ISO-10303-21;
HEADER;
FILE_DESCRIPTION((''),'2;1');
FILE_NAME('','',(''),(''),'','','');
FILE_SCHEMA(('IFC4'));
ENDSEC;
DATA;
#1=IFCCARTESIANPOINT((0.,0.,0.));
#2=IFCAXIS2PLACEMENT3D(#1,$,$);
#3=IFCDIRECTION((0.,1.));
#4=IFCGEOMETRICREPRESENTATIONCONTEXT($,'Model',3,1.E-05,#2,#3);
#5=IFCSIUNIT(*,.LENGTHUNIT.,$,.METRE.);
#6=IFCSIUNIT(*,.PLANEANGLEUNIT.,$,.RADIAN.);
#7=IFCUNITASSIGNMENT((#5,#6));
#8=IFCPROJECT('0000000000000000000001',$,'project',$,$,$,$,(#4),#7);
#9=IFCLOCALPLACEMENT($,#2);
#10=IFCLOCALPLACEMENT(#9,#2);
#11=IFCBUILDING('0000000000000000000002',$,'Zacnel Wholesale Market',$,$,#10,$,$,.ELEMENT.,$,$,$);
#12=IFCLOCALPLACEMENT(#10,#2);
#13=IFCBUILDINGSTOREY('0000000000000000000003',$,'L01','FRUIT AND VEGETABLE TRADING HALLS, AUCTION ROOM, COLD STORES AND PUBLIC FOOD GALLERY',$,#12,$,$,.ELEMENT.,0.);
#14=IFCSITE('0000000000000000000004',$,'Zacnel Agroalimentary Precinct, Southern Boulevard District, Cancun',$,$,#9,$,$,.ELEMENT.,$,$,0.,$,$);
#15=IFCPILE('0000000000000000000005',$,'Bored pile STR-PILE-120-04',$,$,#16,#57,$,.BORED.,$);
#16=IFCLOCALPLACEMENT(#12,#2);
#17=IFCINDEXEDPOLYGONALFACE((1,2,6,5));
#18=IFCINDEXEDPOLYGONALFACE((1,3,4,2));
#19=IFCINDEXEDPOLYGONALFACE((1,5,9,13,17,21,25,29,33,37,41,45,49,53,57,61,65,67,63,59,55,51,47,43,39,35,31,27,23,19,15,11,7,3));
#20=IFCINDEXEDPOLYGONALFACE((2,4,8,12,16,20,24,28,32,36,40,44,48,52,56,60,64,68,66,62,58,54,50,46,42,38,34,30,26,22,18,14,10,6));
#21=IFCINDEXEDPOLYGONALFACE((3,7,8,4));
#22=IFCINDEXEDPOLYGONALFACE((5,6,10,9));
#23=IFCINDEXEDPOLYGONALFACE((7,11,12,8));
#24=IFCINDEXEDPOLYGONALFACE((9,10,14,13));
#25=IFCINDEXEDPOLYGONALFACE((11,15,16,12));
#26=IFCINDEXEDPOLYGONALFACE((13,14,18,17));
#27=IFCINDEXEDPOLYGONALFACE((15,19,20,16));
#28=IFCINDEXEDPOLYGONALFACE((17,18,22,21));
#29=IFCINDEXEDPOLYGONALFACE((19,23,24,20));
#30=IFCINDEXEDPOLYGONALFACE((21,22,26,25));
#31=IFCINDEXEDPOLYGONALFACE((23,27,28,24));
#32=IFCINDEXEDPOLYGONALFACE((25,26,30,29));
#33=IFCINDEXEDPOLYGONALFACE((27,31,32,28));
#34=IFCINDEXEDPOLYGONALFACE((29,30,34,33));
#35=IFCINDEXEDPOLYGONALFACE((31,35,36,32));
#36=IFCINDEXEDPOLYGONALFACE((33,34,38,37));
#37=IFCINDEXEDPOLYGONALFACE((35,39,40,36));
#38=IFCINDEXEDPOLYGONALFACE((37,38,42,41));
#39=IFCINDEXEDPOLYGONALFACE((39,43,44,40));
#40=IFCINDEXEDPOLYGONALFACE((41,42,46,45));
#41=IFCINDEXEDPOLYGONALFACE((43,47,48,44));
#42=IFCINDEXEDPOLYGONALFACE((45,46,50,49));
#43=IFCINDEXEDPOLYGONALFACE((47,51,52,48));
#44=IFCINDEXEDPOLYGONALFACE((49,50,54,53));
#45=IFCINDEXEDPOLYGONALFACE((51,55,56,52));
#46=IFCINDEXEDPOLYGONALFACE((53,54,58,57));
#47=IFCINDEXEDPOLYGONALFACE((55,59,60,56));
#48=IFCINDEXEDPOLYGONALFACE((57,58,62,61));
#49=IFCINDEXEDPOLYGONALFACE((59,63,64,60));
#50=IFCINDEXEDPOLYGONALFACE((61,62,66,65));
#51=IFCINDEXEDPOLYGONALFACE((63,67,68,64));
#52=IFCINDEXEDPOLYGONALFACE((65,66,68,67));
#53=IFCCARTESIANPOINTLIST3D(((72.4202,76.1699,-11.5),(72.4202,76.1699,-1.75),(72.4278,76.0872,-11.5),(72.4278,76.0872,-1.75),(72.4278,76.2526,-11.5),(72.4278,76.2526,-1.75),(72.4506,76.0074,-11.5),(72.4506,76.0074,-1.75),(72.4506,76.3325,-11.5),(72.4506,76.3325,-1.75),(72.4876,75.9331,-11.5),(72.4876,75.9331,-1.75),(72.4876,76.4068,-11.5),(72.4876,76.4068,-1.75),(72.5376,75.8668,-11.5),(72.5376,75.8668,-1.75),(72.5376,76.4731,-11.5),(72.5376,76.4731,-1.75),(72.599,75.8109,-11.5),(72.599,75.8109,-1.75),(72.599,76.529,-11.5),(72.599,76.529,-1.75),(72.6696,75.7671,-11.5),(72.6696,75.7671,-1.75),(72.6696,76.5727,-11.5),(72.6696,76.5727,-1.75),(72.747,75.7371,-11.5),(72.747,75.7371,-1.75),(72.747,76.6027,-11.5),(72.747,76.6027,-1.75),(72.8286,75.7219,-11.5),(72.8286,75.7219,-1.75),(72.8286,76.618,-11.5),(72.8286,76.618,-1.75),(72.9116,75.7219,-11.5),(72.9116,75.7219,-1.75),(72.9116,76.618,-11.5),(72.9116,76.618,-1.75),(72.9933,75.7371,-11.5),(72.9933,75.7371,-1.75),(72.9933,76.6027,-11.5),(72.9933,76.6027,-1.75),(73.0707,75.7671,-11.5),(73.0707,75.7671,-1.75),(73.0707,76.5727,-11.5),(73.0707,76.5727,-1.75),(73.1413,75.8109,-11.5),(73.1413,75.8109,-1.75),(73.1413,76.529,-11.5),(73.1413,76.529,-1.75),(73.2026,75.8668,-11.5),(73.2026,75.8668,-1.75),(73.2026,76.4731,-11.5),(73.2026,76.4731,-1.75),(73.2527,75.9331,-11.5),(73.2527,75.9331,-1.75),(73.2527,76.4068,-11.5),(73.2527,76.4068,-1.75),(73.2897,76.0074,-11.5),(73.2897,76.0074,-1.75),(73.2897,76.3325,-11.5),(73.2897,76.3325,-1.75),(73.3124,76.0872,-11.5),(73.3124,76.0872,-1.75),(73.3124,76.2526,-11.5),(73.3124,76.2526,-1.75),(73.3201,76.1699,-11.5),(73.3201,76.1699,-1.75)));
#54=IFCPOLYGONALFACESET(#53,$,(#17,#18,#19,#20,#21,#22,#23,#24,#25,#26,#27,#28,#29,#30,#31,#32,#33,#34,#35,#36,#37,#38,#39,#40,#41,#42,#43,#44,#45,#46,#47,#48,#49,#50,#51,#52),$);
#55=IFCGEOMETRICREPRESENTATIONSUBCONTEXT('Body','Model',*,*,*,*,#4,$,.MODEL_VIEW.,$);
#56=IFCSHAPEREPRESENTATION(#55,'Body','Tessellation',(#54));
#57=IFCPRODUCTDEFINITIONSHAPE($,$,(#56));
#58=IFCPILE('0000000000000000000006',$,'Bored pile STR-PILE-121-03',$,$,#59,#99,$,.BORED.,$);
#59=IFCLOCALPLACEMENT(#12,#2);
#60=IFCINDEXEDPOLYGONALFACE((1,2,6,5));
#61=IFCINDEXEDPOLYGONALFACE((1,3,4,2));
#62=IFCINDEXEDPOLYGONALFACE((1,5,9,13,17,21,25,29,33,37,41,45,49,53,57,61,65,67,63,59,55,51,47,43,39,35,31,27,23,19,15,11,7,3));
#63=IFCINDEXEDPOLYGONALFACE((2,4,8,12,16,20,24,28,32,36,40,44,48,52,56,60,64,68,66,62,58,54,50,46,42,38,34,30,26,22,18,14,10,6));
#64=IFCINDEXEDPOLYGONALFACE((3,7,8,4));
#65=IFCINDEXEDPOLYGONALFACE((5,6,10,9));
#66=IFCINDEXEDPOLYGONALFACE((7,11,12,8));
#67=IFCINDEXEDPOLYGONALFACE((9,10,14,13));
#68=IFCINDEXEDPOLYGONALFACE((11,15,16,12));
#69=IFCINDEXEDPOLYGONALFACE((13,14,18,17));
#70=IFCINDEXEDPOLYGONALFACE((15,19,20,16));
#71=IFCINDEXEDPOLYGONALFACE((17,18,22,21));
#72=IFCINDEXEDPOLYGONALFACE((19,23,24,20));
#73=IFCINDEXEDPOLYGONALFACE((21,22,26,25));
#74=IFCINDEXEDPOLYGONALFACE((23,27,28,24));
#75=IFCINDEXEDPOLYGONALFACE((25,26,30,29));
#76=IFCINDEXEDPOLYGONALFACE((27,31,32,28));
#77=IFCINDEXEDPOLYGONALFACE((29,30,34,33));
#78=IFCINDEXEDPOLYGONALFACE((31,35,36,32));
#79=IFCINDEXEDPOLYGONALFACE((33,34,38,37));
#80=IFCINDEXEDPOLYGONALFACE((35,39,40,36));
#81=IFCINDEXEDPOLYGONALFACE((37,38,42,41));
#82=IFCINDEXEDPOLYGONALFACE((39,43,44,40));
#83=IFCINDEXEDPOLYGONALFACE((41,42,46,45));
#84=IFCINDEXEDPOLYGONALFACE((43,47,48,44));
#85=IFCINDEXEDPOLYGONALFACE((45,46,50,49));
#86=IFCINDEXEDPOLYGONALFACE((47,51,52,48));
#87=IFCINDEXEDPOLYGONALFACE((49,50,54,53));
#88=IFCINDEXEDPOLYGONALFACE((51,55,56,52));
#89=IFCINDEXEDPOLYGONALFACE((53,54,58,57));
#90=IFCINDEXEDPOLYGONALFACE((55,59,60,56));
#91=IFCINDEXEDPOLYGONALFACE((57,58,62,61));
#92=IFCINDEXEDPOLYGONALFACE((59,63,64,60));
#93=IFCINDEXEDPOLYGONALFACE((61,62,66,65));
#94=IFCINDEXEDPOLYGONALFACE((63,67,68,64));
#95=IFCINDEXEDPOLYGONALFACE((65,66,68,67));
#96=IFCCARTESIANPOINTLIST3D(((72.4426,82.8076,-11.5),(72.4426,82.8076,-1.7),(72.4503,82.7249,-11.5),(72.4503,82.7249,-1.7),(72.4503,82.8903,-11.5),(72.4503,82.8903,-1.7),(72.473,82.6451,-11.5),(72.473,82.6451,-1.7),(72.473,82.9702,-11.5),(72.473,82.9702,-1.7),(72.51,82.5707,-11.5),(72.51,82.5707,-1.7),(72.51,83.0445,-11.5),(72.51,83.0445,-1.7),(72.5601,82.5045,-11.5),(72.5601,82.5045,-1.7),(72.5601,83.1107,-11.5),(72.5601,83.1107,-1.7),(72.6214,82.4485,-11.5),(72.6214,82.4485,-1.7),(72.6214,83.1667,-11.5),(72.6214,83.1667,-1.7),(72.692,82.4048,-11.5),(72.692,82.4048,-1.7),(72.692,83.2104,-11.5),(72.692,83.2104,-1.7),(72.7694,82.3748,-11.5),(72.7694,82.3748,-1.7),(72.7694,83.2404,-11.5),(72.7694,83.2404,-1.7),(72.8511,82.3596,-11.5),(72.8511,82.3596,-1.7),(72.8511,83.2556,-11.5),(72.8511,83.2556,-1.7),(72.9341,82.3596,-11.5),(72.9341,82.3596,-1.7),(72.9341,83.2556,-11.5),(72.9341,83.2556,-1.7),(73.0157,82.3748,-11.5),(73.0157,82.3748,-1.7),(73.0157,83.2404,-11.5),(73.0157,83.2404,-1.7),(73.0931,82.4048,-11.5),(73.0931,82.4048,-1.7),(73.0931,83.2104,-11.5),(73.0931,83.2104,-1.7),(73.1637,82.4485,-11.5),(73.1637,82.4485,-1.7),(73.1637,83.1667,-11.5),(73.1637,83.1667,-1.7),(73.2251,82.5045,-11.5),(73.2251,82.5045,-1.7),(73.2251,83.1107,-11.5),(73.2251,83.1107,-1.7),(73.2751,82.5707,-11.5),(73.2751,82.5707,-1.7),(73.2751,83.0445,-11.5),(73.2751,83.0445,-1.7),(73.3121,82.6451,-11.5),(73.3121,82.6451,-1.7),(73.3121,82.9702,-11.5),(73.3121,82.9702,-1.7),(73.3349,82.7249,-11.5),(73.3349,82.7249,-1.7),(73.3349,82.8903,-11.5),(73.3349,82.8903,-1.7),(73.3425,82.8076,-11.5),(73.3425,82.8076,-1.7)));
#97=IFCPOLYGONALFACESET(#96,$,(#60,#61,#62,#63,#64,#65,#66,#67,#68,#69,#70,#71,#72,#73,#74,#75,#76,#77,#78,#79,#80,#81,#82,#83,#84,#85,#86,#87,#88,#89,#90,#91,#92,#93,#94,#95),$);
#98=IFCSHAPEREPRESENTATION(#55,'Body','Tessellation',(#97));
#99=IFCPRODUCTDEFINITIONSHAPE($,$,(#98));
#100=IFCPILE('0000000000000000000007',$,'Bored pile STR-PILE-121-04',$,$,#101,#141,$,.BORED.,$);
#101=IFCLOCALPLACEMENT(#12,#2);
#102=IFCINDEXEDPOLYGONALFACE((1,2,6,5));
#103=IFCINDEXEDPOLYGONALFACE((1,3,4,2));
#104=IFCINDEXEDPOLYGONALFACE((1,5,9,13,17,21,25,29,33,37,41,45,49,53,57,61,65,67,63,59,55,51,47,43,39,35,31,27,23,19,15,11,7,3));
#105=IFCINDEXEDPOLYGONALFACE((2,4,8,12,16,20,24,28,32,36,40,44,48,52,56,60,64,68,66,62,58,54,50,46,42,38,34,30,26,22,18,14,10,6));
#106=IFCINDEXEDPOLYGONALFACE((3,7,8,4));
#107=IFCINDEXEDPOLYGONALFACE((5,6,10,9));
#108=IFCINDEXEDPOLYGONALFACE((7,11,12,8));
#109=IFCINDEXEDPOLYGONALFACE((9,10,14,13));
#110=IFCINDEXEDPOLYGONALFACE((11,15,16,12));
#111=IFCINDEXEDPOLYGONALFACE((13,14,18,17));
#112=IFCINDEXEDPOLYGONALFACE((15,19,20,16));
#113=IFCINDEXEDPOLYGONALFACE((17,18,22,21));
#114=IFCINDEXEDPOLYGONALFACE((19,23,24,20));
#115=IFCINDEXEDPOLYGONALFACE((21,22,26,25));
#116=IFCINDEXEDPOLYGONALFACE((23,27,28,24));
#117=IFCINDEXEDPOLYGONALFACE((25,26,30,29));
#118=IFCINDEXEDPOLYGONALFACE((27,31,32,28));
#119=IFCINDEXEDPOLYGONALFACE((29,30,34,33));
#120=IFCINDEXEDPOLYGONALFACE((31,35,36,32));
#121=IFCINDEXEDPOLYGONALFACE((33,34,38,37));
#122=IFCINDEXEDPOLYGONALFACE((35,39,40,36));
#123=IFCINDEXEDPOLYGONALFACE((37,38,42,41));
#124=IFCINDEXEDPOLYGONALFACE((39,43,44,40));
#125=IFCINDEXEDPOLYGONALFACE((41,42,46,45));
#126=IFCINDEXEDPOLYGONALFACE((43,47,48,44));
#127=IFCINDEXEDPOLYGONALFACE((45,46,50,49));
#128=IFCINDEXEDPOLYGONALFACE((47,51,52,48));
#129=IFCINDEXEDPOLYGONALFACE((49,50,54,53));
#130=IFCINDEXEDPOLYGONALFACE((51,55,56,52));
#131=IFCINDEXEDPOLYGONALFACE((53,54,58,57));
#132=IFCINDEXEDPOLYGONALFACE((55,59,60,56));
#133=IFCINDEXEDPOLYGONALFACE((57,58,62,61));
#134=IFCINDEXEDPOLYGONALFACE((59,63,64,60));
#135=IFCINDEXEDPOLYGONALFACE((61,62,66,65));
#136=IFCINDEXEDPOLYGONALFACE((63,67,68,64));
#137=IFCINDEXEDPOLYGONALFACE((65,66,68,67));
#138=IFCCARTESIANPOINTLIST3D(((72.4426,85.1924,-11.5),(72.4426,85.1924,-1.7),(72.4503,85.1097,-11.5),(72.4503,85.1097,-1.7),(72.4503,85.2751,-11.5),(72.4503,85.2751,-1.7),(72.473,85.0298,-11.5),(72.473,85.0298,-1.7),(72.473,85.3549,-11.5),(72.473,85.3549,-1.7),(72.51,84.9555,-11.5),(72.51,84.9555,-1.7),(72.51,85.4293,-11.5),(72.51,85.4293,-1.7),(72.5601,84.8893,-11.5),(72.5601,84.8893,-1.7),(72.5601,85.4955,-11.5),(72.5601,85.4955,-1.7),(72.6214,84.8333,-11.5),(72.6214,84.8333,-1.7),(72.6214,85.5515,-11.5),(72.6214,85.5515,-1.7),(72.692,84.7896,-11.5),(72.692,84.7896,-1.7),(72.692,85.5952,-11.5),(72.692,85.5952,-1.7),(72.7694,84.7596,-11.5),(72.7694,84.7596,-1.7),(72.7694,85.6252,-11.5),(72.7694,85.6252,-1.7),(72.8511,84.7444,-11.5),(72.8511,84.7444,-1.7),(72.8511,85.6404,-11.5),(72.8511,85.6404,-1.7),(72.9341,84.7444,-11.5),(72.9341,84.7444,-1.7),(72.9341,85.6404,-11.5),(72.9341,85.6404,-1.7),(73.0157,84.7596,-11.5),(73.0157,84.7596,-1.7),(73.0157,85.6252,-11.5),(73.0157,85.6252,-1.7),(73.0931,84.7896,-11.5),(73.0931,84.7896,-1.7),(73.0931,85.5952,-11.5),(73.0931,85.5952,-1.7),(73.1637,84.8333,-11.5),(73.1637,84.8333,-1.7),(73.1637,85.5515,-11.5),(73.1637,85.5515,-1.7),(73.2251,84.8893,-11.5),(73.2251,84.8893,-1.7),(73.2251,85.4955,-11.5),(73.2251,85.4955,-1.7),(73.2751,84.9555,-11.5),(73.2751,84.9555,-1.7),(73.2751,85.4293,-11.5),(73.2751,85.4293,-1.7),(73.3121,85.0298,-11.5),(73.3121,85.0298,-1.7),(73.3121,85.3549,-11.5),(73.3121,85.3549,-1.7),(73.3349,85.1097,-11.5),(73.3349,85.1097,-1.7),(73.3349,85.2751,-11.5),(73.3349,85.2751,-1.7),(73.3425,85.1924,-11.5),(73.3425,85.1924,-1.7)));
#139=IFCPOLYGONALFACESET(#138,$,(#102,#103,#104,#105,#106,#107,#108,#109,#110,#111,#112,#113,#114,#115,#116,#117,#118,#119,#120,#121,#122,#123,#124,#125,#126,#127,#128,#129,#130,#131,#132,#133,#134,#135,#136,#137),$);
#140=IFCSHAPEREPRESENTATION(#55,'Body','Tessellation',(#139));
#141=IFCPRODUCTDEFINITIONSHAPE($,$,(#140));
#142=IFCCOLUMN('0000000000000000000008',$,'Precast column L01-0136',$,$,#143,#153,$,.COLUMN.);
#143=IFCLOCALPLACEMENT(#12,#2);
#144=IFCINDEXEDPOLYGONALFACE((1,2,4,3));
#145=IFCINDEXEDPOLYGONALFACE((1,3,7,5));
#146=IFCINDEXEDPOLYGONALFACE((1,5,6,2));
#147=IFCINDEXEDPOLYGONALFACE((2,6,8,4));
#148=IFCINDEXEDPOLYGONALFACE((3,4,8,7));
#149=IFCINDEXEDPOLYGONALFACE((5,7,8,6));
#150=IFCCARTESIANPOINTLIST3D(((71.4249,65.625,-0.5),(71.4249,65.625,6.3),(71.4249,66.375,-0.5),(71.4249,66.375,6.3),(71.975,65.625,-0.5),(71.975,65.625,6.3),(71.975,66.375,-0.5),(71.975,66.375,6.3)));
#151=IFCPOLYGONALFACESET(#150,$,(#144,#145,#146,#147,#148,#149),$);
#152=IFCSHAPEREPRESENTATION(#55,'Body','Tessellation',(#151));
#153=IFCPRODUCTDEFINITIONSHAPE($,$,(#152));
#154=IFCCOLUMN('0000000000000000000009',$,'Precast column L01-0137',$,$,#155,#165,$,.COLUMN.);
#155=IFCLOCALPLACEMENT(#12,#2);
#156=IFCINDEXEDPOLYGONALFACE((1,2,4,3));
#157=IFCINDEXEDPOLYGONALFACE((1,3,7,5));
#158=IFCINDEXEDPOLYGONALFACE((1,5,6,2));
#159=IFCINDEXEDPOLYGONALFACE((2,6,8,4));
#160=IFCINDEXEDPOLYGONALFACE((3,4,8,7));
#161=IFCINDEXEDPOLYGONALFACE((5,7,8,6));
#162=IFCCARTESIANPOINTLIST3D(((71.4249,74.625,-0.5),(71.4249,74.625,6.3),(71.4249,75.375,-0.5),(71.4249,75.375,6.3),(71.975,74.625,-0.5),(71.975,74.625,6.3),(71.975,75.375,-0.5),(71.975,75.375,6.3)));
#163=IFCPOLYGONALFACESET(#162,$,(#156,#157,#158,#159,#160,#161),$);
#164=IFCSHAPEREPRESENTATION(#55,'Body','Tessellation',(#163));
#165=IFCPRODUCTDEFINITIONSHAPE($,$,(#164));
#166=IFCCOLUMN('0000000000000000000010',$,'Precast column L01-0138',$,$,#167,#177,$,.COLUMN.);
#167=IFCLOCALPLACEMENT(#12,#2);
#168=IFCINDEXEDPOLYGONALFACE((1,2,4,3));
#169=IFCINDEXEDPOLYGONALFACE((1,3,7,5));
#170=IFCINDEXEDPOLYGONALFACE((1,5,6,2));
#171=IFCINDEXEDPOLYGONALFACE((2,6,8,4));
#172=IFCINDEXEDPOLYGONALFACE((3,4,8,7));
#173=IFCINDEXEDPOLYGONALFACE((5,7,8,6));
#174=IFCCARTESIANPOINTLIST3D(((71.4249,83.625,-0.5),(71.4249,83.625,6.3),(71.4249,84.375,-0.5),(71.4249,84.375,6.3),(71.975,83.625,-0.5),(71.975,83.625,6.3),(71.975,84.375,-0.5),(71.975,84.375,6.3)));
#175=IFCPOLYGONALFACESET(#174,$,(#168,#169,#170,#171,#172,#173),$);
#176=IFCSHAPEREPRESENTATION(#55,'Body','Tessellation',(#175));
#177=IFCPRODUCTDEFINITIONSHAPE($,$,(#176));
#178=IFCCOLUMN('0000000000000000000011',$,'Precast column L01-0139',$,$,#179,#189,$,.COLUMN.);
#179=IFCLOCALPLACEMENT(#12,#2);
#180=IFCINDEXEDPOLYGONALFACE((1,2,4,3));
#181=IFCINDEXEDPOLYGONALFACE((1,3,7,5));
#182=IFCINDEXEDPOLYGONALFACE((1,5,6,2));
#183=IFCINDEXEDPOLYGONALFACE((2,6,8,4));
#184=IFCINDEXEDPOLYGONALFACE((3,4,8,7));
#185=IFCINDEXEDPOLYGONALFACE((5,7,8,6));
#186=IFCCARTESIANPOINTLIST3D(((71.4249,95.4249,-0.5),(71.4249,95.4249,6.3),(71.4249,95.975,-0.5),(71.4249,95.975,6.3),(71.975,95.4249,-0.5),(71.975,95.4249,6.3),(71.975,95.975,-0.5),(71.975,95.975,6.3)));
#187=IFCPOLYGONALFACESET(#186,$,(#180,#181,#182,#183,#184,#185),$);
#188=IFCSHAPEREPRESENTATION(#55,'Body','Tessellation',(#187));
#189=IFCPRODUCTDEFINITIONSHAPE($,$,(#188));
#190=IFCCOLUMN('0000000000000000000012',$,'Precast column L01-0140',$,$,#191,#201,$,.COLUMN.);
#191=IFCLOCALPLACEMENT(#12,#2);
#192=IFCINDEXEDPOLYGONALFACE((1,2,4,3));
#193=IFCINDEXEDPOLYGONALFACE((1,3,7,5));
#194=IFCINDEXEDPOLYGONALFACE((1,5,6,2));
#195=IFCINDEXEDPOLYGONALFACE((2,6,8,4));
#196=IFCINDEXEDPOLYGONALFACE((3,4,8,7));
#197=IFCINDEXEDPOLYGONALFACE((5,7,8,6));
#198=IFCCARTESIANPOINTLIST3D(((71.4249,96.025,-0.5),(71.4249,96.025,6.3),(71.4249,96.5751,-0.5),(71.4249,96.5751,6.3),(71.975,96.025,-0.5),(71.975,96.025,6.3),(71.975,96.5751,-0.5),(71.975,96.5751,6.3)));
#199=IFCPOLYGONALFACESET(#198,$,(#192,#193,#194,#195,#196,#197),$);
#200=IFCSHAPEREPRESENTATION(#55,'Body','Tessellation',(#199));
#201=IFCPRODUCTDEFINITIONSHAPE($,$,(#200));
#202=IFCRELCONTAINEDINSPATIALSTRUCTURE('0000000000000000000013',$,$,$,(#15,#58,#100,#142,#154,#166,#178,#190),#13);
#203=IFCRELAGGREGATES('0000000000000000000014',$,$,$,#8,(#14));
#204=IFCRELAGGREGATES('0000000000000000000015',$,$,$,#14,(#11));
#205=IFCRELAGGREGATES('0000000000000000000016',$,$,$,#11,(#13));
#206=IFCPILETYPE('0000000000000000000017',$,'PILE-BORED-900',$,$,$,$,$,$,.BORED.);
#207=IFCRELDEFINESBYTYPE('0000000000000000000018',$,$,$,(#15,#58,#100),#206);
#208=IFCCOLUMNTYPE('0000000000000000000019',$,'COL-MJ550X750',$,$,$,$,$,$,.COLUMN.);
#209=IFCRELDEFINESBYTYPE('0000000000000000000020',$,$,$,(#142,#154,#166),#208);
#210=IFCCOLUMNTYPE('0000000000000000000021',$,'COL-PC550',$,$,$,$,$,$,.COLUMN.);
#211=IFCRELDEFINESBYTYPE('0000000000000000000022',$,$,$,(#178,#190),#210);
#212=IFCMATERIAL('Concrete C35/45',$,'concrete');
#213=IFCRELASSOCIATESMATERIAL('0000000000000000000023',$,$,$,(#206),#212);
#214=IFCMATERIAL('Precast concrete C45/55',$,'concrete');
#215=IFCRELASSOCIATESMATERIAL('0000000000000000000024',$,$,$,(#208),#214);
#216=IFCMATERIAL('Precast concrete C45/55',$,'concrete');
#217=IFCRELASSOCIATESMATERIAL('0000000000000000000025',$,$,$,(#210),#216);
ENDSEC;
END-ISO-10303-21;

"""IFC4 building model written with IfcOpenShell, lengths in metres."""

from ifc_helpers import new_model, si_unit, direction, frame, origin, origin_2d, place, context, subcontext, project, spatial, rectangle, circle, extrude, material, material_profile, profile_set, type_object, element, save


model = new_model("IFC4")

# Units and contexts
model_context = context("Model", 3, precision=1e-05, world=origin(), true_north=direction((0.0, 1.0)))
body_context = subcontext(model_context, "Body", "Model", "MODEL_VIEW")
ifc_project = project(units=[si_unit("LENGTHUNIT", "METRE"), si_unit("PLANEANGLEUNIT", "RADIAN")], contexts=[model_context])

# Site, building, storey
site_placement = place(None, origin())
site = spatial("IfcSite", under=ifc_project, at=site_placement, Name="Zacnel Agroalimentary Precinct, Southern Boulevard District, Cancun", CompositionType="ELEMENT", RefElevation=0.0)
building_placement = place(site_placement, origin())
building = spatial("IfcBuilding", under=site, at=building_placement, Name="Zacnel Wholesale Market", CompositionType="ELEMENT")
storey_placement = place(building_placement, origin())
storey = spatial("IfcBuildingStorey", under=building, at=storey_placement, Name="L01", Description="FRUIT AND VEGETABLE TRADING HALLS, AUCTION ROOM, COLD STORES AND PUBLIC FOOD GALLERY", CompositionType="ELEMENT", Elevation=0.0)

# Piles
ifc_material_1 = material(Name="Concrete C35/45", Category="concrete")
ifc_material_profile_1 = material_profile(ifc_material_1, circle(Radius=0.45, at=origin_2d()), Name="BORED PILE D900")
ifc_profile_set_1 = profile_set([ifc_material_profile_1], Name="Concrete C35/45")
pile_type_1 = type_object("IfcPileType", Name="PILE-BORED-900", PredefinedType="BORED", material=ifc_profile_set_1)
for number, where, z_axis, x_axis, name in (
    (1, (72.8701, 76.1699, -1.75), (0.0, 0.0, -1.0), (1.0, 0.0, 0.0), "Bored pile STR-PILE-120-04"),
):
    element("IfcPile", number, at=place(storey_placement, frame(where, z_axis=z_axis, x_axis=x_axis)), inside=storey, type_object=pile_type_1, Name=name, PredefinedType="BORED", context=body_context, shape_type="SweptSolid", body=[
        extrude(circle(Radius=0.45, at=origin_2d()), origin(), (0.0, 0.0, 1.0), 9.75),
    ])
for number, where, z_axis, x_axis, name in (
    (2, (72.8926, 82.8076, -1.7), (0.0, 0.0, -1.0), (1.0, 0.0, 0.0), "Bored pile STR-PILE-121-03"),
    (3, (72.8926, 85.1924, -1.7), (0.0, 0.0, -1.0), (1.0, 0.0, 0.0), "Bored pile STR-PILE-121-04"),
):
    element("IfcPile", number, at=place(storey_placement, frame(where, z_axis=z_axis, x_axis=x_axis)), inside=storey, type_object=pile_type_1, Name=name, PredefinedType="BORED", context=body_context, shape_type="SweptSolid", body=[
        extrude(circle(Radius=0.45, at=origin_2d()), origin(), (0.0, 0.0, 1.0), 9.8),
    ])

# Columns
ifc_material_2 = material(Name="Precast concrete C45/55", Category="concrete")
ifc_material_profile_2 = material_profile(ifc_material_2, rectangle(XDim=0.55, YDim=0.75, at=origin_2d()), Name="PC 550x750")
ifc_profile_set_2 = profile_set([ifc_material_profile_2], Name="Precast concrete C45/55")
column_type_1 = type_object("IfcColumnType", Name="COL-MJ550X750", PredefinedType="COLUMN", material=ifc_profile_set_2)
for number, where, z_axis, x_axis, name in (
    (4, (71.7, 66.0, -0.5), (0.0, 0.0, 1.0), (1.0, 0.0, 0.0), "Precast column L01-0136"),
    (5, (71.7, 75.0, -0.5), (0.0, 0.0, 1.0), (1.0, 0.0, 0.0), "Precast column L01-0137"),
    (6, (71.7, 84.0, -0.5), (0.0, 0.0, 1.0), (1.0, 0.0, 0.0), "Precast column L01-0138"),
):
    element("IfcColumn", number, at=place(storey_placement, frame(where, z_axis=z_axis, x_axis=x_axis)), inside=storey, type_object=column_type_1, Name=name, PredefinedType="COLUMN", context=body_context, shape_type="SweptSolid", body=[
        extrude(rectangle(XDim=0.55, YDim=0.75, at=origin_2d()), origin(), (0.0, 0.0, 1.0), 6.8),
    ])
ifc_material_3 = material(Name="Precast concrete C45/55", Category="concrete")
ifc_material_profile_3 = material_profile(ifc_material_3, rectangle(XDim=0.55, YDim=0.55, at=origin_2d()), Name="PC 550x550")
ifc_profile_set_3 = profile_set([ifc_material_profile_3], Name="Precast concrete C45/55")
column_type_2 = type_object("IfcColumnType", Name="COL-PC550", PredefinedType="COLUMN", material=ifc_profile_set_3)
for number, where, z_axis, x_axis, name in (
    (7, (71.7, 95.7, -0.5), (0.0, 0.0, 1.0), (1.0, 0.0, 0.0), "Precast column L01-0139"),
    (8, (71.7, 96.3, -0.5), (0.0, 0.0, 1.0), (1.0, 0.0, 0.0), "Precast column L01-0140"),
):
    element("IfcColumn", number, at=place(storey_placement, frame(where, z_axis=z_axis, x_axis=x_axis)), inside=storey, type_object=column_type_2, Name=name, PredefinedType="COLUMN", context=body_context, shape_type="SweptSolid", body=[
        extrude(rectangle(XDim=0.55, YDim=0.55, at=origin_2d()), origin(), (0.0, 0.0, 1.0), 6.8),
    ])

save(model, "model.ifc")
